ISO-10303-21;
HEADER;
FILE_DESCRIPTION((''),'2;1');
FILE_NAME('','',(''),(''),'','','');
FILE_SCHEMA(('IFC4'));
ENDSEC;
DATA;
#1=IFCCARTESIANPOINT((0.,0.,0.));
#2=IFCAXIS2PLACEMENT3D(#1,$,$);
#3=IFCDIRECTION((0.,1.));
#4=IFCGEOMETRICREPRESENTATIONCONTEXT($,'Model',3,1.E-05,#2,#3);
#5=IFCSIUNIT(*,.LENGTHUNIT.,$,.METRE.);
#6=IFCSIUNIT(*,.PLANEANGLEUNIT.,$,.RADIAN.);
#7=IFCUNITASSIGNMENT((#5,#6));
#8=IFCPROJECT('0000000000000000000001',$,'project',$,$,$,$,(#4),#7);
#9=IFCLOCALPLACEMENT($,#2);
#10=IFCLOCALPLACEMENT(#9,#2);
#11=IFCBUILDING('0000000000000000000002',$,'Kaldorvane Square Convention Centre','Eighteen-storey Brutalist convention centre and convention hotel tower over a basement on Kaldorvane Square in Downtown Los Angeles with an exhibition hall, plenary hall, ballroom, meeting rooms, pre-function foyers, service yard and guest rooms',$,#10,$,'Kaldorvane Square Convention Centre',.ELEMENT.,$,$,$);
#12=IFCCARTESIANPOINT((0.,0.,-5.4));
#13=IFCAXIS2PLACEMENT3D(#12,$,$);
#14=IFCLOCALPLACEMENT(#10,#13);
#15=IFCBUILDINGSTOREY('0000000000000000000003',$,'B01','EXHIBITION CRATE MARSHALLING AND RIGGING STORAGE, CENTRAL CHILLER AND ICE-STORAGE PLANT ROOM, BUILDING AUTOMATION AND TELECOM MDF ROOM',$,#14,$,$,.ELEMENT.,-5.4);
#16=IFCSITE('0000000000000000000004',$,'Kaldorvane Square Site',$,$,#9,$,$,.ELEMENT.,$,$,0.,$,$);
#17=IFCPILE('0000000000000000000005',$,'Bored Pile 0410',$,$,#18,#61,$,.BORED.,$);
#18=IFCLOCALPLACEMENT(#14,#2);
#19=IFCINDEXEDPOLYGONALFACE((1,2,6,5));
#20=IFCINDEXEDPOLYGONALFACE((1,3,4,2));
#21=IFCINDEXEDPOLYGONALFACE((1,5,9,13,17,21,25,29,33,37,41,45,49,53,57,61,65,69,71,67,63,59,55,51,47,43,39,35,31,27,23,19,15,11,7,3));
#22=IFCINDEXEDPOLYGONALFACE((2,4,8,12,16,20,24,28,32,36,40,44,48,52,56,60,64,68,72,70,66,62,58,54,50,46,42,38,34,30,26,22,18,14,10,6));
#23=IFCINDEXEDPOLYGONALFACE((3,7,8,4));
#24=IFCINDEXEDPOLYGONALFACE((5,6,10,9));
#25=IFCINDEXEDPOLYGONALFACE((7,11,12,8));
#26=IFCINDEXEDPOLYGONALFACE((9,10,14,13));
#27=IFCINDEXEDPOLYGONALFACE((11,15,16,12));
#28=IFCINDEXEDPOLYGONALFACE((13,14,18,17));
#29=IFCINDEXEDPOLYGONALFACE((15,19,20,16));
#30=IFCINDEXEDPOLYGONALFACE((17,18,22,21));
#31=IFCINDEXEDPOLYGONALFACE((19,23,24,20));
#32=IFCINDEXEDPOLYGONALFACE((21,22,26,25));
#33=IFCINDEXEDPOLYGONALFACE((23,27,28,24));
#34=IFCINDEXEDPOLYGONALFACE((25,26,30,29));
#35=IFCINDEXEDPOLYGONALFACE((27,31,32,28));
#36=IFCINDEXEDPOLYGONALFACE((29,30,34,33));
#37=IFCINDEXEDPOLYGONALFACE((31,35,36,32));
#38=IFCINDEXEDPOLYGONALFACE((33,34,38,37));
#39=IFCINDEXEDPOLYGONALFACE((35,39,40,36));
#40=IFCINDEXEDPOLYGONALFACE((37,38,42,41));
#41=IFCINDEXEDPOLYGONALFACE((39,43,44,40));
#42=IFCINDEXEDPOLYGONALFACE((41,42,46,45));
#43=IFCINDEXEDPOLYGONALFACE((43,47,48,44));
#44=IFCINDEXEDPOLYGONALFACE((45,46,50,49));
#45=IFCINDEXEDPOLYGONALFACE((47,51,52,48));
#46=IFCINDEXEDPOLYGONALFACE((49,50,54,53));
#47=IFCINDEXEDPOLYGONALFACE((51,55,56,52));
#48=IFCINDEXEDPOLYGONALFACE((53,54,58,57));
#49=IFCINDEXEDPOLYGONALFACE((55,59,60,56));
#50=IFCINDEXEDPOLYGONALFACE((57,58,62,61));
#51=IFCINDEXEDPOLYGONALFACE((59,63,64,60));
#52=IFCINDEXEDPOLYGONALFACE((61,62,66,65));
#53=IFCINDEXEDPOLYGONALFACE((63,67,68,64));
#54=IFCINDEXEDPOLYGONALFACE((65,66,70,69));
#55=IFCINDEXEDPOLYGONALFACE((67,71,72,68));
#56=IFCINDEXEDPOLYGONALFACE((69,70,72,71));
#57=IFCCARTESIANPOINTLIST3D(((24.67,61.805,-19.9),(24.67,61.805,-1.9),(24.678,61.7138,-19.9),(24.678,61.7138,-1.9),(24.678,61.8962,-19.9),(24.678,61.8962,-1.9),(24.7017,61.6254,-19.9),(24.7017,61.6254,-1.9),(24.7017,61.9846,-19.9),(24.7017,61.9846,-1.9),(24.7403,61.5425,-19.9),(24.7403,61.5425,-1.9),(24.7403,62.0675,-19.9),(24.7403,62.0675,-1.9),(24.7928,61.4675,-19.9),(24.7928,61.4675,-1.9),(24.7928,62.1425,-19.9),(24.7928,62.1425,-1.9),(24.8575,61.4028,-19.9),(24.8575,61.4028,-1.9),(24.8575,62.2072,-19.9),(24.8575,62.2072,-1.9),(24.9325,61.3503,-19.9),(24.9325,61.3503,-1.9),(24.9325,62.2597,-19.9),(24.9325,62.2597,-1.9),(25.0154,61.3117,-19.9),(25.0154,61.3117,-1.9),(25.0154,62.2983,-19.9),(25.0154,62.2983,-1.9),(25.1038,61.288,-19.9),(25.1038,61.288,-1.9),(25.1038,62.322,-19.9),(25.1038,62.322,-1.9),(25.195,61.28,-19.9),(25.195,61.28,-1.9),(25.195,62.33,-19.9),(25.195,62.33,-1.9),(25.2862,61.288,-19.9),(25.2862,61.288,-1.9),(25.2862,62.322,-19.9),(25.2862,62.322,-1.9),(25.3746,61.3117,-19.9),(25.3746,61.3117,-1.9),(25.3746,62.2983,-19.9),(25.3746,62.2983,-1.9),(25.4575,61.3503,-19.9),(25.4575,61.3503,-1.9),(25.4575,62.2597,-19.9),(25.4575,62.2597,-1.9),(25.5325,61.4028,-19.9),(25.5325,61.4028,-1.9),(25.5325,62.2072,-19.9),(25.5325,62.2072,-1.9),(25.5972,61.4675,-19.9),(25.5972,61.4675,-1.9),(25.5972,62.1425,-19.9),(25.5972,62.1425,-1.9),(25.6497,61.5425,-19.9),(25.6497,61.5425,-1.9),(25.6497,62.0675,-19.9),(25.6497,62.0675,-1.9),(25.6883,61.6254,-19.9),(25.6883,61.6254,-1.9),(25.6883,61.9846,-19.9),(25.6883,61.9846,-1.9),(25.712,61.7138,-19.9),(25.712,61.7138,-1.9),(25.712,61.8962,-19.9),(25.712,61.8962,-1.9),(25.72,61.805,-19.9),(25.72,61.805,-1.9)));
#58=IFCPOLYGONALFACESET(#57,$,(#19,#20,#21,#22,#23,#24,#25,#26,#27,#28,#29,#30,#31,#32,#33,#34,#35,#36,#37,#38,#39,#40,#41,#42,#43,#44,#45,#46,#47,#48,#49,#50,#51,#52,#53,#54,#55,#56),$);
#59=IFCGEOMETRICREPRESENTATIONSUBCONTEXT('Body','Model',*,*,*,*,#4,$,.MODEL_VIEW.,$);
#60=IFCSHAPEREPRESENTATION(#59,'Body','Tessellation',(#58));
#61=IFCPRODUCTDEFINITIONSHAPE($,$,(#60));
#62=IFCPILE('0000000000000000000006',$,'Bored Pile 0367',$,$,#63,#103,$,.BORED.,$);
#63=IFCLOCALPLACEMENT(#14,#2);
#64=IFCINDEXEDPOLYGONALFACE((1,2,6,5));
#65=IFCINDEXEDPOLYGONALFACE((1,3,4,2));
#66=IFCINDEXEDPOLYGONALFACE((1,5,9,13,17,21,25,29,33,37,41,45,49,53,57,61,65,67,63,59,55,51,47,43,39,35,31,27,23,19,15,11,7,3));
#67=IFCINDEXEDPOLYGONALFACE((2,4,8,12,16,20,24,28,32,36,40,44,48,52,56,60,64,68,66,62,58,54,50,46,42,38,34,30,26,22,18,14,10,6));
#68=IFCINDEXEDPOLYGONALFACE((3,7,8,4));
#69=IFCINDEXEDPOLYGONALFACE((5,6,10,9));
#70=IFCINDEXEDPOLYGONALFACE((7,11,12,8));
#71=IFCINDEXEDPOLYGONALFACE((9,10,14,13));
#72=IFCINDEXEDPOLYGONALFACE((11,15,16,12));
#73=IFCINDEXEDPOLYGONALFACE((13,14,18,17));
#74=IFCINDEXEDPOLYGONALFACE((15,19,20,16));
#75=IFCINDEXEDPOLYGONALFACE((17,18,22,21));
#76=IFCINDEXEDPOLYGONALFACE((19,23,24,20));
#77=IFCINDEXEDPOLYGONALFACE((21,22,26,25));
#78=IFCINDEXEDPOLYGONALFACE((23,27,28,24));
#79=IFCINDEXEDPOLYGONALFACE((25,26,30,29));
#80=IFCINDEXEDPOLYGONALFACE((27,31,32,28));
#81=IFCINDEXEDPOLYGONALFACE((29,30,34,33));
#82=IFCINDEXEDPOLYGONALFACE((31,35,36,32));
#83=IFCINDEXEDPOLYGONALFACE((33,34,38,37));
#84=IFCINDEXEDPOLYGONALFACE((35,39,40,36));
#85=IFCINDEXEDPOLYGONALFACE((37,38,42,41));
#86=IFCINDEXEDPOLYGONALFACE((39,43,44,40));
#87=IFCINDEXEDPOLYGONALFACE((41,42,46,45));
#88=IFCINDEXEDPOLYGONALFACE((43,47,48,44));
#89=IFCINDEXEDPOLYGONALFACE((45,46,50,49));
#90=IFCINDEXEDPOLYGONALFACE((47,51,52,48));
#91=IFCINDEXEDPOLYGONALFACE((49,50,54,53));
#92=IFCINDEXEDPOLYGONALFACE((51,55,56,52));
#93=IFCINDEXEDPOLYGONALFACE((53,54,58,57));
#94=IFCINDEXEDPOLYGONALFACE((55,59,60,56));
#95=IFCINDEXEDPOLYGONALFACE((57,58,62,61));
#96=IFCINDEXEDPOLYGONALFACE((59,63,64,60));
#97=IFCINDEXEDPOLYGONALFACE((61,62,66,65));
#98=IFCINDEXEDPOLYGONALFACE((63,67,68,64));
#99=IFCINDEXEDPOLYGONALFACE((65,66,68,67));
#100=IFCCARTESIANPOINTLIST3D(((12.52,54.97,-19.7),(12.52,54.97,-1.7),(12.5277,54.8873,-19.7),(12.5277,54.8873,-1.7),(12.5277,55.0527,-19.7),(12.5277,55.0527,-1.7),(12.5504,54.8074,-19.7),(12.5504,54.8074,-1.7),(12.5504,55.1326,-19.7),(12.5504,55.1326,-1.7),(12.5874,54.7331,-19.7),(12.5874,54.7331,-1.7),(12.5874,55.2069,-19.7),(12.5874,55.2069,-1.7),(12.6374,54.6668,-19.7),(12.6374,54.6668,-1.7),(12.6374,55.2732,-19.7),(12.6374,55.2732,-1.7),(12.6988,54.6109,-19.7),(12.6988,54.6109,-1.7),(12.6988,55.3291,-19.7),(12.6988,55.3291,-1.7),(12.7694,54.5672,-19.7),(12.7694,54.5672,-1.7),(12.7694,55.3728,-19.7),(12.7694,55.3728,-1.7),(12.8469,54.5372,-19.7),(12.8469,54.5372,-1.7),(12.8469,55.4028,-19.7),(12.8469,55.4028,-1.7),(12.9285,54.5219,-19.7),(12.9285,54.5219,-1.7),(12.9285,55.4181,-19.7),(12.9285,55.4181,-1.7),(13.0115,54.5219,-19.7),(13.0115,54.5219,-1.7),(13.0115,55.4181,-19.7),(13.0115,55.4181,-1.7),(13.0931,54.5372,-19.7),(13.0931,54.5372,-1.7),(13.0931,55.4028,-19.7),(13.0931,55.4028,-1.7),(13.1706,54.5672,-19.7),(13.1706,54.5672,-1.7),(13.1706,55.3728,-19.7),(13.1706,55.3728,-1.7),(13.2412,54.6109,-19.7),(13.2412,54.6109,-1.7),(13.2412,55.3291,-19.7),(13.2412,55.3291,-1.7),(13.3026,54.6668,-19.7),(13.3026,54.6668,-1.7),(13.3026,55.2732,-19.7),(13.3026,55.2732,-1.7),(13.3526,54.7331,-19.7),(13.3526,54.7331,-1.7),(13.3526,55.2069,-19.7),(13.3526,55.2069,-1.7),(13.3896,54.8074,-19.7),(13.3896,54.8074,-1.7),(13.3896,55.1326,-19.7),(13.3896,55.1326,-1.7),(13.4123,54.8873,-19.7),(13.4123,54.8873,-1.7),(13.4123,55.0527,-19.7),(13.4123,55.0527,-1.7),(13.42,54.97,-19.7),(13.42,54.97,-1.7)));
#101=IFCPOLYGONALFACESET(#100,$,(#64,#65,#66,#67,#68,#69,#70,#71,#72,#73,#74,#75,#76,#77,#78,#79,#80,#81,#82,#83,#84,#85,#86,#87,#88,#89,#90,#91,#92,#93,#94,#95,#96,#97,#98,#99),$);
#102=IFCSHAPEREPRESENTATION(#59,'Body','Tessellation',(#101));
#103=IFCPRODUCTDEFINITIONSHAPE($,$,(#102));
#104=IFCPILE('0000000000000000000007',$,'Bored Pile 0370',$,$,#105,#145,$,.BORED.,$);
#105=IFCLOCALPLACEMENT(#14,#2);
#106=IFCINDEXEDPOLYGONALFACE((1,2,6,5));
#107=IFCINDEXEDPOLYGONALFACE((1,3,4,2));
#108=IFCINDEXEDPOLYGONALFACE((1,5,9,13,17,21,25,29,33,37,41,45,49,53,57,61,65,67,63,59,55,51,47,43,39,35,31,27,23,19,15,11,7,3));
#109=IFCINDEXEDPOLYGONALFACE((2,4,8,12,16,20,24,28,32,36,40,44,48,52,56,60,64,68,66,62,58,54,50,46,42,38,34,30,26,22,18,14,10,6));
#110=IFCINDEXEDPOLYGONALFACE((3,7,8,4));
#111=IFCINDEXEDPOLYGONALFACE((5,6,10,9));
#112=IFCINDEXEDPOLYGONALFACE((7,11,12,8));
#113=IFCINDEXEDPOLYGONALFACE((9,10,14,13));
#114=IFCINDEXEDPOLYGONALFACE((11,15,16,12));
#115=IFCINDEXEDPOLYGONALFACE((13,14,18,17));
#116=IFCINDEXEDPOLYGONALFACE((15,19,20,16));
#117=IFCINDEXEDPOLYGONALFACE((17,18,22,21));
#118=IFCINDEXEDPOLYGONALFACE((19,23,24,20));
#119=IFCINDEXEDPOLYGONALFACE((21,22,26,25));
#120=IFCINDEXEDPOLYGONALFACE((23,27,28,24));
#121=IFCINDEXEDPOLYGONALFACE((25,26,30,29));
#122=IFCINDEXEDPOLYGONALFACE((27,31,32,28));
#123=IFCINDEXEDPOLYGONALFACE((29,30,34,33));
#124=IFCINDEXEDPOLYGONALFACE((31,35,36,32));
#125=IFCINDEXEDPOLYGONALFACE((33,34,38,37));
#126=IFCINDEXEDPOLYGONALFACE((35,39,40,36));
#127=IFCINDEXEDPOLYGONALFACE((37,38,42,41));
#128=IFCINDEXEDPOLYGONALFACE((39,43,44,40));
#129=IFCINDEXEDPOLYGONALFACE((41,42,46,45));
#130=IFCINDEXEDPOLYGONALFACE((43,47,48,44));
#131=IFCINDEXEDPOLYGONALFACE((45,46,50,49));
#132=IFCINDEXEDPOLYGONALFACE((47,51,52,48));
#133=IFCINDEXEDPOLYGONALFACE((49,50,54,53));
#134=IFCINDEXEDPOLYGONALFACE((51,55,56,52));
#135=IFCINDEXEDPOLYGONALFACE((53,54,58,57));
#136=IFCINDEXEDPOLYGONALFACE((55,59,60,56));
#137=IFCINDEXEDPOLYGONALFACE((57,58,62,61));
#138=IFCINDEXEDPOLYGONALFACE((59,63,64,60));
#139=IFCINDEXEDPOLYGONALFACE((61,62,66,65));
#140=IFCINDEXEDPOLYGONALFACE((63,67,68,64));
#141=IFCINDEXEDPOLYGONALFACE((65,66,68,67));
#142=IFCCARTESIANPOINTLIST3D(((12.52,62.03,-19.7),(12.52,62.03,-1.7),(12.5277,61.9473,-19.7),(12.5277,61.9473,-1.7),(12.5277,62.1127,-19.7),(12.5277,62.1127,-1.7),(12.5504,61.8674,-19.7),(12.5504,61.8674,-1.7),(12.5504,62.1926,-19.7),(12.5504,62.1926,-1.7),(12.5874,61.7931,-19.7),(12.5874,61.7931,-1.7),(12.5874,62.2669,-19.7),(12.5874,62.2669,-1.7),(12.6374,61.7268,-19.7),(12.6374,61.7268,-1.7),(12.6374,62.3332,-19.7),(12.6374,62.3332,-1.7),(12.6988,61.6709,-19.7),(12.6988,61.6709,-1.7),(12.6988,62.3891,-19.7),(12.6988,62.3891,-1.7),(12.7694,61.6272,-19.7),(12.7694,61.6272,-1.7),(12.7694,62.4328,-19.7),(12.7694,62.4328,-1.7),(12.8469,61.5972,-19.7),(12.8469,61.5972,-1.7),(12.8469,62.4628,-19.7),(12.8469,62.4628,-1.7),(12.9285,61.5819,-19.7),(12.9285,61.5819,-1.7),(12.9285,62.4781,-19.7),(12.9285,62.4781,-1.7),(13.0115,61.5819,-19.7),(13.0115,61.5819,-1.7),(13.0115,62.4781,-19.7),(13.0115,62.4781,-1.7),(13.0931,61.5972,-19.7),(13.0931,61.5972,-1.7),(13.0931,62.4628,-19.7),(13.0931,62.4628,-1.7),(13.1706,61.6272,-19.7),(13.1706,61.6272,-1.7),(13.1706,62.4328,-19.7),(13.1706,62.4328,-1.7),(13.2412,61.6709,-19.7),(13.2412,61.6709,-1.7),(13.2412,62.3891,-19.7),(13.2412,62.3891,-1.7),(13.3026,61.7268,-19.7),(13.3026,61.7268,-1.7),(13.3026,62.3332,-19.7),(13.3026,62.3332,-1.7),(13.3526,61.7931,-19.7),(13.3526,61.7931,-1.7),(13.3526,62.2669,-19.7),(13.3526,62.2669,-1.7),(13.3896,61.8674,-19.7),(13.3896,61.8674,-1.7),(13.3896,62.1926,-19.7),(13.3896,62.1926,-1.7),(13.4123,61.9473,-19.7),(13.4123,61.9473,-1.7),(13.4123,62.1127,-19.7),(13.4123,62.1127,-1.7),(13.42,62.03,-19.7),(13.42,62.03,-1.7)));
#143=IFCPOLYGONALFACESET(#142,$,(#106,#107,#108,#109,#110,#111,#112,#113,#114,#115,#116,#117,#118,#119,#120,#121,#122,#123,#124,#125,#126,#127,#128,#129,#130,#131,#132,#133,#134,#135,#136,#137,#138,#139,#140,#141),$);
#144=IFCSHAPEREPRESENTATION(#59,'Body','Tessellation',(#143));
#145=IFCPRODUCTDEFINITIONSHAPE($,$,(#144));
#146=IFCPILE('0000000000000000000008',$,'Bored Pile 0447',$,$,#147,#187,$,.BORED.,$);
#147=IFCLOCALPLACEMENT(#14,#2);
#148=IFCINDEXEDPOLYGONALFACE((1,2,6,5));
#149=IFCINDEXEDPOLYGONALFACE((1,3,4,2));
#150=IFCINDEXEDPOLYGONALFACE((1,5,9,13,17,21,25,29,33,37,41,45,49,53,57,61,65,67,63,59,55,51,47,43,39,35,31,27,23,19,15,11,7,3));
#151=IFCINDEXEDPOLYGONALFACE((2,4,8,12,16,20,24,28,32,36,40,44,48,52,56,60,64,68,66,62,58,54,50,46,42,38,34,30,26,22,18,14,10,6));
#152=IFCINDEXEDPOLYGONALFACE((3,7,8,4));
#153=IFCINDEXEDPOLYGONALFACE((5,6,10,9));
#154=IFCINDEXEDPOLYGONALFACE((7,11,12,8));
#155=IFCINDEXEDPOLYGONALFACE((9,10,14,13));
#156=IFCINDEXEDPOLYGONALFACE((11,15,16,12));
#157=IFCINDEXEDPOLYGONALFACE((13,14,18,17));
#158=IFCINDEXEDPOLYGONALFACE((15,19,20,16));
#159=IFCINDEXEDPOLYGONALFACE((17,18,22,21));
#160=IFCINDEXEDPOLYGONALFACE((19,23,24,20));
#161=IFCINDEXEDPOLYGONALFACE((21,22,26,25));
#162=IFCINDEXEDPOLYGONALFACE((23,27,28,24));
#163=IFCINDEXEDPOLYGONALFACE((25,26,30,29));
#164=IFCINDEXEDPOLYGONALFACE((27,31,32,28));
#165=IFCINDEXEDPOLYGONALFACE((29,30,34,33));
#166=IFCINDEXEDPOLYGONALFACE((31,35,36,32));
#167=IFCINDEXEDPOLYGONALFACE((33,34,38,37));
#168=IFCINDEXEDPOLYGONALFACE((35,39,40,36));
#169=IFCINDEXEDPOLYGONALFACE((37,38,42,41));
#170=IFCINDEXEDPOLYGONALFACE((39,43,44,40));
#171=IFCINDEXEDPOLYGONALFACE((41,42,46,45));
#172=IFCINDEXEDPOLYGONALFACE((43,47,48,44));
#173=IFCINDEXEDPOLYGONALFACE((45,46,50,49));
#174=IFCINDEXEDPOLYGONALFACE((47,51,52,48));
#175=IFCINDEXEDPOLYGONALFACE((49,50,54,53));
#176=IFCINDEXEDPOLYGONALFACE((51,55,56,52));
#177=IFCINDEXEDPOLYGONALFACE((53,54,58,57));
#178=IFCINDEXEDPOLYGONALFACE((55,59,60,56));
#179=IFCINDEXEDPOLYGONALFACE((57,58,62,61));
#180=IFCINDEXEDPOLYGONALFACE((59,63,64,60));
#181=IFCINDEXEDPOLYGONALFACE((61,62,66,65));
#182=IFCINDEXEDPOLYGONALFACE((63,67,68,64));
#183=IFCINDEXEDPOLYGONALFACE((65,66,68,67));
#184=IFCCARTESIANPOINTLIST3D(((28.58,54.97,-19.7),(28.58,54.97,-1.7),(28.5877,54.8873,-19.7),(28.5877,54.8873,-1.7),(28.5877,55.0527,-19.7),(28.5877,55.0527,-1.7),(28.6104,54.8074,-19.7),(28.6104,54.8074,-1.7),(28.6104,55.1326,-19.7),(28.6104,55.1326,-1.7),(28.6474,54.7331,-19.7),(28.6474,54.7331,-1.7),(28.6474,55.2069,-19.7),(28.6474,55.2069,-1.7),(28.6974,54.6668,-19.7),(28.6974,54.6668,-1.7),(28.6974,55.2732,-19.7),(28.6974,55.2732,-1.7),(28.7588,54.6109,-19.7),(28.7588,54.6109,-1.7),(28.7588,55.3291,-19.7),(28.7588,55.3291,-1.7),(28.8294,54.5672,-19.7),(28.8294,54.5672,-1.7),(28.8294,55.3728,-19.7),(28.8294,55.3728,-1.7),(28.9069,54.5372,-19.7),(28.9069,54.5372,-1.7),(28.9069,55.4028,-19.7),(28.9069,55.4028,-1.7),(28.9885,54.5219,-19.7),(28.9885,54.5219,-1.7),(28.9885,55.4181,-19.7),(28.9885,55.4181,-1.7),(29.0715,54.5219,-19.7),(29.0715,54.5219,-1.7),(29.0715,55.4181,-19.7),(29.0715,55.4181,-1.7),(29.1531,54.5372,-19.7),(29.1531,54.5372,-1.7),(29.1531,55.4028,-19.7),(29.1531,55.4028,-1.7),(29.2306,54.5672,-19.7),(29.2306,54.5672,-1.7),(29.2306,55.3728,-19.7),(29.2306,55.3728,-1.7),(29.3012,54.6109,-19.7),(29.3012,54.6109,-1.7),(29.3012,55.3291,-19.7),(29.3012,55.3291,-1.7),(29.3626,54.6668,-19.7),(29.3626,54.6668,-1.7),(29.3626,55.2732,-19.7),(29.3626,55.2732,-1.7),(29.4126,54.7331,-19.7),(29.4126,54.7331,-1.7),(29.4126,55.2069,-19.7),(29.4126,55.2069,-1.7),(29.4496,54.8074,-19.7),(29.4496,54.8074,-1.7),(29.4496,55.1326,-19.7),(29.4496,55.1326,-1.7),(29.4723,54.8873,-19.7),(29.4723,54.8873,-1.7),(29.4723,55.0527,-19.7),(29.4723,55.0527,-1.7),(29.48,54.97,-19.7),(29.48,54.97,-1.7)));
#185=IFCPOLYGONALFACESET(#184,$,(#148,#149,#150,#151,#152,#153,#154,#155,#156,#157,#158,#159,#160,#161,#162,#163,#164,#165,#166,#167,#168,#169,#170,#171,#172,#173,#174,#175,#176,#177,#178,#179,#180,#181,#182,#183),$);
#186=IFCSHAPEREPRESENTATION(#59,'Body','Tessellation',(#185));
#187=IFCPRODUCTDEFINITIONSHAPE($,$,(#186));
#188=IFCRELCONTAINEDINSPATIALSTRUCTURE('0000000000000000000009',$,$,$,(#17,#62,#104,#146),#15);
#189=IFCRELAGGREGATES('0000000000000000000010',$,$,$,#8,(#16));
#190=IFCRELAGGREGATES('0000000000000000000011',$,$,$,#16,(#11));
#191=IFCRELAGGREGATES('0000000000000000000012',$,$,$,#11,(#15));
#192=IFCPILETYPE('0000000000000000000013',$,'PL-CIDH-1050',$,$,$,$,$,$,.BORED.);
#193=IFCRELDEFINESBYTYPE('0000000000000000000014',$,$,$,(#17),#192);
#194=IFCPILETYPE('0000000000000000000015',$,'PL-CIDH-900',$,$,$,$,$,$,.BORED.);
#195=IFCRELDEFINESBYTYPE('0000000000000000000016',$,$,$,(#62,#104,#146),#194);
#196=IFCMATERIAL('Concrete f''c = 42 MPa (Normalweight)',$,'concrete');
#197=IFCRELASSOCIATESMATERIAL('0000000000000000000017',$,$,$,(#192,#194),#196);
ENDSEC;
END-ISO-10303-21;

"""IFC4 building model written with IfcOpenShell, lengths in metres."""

from ifc_helpers import new_model, si_unit, direction, frame, origin, origin_2d, place, context, subcontext, project, spatial, circle, extrude, material, material_profile, profile_set, type_object, element, save


model = new_model("IFC4")

# Units and contexts
model_context = context("Model", 3, precision=1e-05, world=origin(), true_north=direction((0.0, 1.0)))
body_context = subcontext(model_context, "Body", "Model", "MODEL_VIEW")
ifc_project = project(units=[si_unit("LENGTHUNIT", "METRE"), si_unit("PLANEANGLEUNIT", "RADIAN")], contexts=[model_context])

# Site, building, storey
site_placement = place(None, origin())
site = spatial("IfcSite", under=ifc_project, at=site_placement, Name="Kaldorvane Square Site", CompositionType="ELEMENT", RefElevation=0.0)
building_placement = place(site_placement, origin())
building = spatial("IfcBuilding", under=site, at=building_placement, Name="Kaldorvane Square Convention Centre", Description="Eighteen-storey Brutalist convention centre and convention hotel tower over a basement on Kaldorvane Square in Downtown Los Angeles with an exhibition hall, plenary hall, ballroom, meeting rooms, pre-function foyers, service yard and guest rooms", LongName="Kaldorvane Square Convention Centre", CompositionType="ELEMENT")
storey_placement = place(building_placement, frame((0.0, 0.0, -5.4)))
storey = spatial("IfcBuildingStorey", under=building, at=storey_placement, Name="B01", Description="EXHIBITION CRATE MARSHALLING AND RIGGING STORAGE, CENTRAL CHILLER AND ICE-STORAGE PLANT ROOM, BUILDING AUTOMATION AND TELECOM MDF ROOM", CompositionType="ELEMENT", Elevation=-5.4)

# Shared definitions
ifc_material_1 = material(Name="Concrete f'c = 42 MPa (Normalweight)", Category="concrete")

# Piles
ifc_material_profile_1 = material_profile(ifc_material_1, circle(Radius=0.525, at=origin_2d()), Name="PILE-D1050")
ifc_profile_set_1 = profile_set([ifc_material_profile_1], Name="Concrete f'c = 42 MPa (Normalweight)")
pile_type_1 = type_object("IfcPileType", Name="PL-CIDH-1050", PredefinedType="BORED", material=ifc_profile_set_1)
for number, where, z_axis, x_axis, name in (
    (1, (25.195, 61.805, -1.9), (0.0, 0.0, -1.0), (1.0, 0.0, 0.0), "Bored Pile 0410"),
):
    element("IfcPile", number, at=place(storey_placement, frame(where, z_axis=z_axis, x_axis=x_axis)), inside=storey, type_object=pile_type_1, Name=name, PredefinedType="BORED", context=body_context, shape_type="SweptSolid", body=[
        extrude(circle(Radius=0.525, at=origin_2d()), origin(), (0.0, 0.0, 1.0), 18.0),
    ])
ifc_material_profile_2 = material_profile(ifc_material_1, circle(Radius=0.45, at=origin_2d()), Name="PILE-D900")
ifc_profile_set_2 = profile_set([ifc_material_profile_2], Name="Concrete f'c = 42 MPa (Normalweight)")
pile_type_2 = type_object("IfcPileType", Name="PL-CIDH-900", PredefinedType="BORED", material=ifc_profile_set_2)
for number, where, z_axis, x_axis, name in (
    (2, (12.97, 54.97, -1.7), (0.0, 0.0, -1.0), (1.0, 0.0, 0.0), "Bored Pile 0367"),
    (3, (12.97, 62.03, -1.7), (0.0, 0.0, -1.0), (1.0, 0.0, 0.0), "Bored Pile 0370"),
    (4, (29.03, 54.97, -1.7), (0.0, 0.0, -1.0), (1.0, 0.0, 0.0), "Bored Pile 0447"),
):
    element("IfcPile", number, at=place(storey_placement, frame(where, z_axis=z_axis, x_axis=x_axis)), inside=storey, type_object=pile_type_2, Name=name, PredefinedType="BORED", context=body_context, shape_type="SweptSolid", body=[
        extrude(circle(Radius=0.45, at=origin_2d()), origin(), (0.0, 0.0, 1.0), 18.0),
    ])

save(model, "model.ifc")
